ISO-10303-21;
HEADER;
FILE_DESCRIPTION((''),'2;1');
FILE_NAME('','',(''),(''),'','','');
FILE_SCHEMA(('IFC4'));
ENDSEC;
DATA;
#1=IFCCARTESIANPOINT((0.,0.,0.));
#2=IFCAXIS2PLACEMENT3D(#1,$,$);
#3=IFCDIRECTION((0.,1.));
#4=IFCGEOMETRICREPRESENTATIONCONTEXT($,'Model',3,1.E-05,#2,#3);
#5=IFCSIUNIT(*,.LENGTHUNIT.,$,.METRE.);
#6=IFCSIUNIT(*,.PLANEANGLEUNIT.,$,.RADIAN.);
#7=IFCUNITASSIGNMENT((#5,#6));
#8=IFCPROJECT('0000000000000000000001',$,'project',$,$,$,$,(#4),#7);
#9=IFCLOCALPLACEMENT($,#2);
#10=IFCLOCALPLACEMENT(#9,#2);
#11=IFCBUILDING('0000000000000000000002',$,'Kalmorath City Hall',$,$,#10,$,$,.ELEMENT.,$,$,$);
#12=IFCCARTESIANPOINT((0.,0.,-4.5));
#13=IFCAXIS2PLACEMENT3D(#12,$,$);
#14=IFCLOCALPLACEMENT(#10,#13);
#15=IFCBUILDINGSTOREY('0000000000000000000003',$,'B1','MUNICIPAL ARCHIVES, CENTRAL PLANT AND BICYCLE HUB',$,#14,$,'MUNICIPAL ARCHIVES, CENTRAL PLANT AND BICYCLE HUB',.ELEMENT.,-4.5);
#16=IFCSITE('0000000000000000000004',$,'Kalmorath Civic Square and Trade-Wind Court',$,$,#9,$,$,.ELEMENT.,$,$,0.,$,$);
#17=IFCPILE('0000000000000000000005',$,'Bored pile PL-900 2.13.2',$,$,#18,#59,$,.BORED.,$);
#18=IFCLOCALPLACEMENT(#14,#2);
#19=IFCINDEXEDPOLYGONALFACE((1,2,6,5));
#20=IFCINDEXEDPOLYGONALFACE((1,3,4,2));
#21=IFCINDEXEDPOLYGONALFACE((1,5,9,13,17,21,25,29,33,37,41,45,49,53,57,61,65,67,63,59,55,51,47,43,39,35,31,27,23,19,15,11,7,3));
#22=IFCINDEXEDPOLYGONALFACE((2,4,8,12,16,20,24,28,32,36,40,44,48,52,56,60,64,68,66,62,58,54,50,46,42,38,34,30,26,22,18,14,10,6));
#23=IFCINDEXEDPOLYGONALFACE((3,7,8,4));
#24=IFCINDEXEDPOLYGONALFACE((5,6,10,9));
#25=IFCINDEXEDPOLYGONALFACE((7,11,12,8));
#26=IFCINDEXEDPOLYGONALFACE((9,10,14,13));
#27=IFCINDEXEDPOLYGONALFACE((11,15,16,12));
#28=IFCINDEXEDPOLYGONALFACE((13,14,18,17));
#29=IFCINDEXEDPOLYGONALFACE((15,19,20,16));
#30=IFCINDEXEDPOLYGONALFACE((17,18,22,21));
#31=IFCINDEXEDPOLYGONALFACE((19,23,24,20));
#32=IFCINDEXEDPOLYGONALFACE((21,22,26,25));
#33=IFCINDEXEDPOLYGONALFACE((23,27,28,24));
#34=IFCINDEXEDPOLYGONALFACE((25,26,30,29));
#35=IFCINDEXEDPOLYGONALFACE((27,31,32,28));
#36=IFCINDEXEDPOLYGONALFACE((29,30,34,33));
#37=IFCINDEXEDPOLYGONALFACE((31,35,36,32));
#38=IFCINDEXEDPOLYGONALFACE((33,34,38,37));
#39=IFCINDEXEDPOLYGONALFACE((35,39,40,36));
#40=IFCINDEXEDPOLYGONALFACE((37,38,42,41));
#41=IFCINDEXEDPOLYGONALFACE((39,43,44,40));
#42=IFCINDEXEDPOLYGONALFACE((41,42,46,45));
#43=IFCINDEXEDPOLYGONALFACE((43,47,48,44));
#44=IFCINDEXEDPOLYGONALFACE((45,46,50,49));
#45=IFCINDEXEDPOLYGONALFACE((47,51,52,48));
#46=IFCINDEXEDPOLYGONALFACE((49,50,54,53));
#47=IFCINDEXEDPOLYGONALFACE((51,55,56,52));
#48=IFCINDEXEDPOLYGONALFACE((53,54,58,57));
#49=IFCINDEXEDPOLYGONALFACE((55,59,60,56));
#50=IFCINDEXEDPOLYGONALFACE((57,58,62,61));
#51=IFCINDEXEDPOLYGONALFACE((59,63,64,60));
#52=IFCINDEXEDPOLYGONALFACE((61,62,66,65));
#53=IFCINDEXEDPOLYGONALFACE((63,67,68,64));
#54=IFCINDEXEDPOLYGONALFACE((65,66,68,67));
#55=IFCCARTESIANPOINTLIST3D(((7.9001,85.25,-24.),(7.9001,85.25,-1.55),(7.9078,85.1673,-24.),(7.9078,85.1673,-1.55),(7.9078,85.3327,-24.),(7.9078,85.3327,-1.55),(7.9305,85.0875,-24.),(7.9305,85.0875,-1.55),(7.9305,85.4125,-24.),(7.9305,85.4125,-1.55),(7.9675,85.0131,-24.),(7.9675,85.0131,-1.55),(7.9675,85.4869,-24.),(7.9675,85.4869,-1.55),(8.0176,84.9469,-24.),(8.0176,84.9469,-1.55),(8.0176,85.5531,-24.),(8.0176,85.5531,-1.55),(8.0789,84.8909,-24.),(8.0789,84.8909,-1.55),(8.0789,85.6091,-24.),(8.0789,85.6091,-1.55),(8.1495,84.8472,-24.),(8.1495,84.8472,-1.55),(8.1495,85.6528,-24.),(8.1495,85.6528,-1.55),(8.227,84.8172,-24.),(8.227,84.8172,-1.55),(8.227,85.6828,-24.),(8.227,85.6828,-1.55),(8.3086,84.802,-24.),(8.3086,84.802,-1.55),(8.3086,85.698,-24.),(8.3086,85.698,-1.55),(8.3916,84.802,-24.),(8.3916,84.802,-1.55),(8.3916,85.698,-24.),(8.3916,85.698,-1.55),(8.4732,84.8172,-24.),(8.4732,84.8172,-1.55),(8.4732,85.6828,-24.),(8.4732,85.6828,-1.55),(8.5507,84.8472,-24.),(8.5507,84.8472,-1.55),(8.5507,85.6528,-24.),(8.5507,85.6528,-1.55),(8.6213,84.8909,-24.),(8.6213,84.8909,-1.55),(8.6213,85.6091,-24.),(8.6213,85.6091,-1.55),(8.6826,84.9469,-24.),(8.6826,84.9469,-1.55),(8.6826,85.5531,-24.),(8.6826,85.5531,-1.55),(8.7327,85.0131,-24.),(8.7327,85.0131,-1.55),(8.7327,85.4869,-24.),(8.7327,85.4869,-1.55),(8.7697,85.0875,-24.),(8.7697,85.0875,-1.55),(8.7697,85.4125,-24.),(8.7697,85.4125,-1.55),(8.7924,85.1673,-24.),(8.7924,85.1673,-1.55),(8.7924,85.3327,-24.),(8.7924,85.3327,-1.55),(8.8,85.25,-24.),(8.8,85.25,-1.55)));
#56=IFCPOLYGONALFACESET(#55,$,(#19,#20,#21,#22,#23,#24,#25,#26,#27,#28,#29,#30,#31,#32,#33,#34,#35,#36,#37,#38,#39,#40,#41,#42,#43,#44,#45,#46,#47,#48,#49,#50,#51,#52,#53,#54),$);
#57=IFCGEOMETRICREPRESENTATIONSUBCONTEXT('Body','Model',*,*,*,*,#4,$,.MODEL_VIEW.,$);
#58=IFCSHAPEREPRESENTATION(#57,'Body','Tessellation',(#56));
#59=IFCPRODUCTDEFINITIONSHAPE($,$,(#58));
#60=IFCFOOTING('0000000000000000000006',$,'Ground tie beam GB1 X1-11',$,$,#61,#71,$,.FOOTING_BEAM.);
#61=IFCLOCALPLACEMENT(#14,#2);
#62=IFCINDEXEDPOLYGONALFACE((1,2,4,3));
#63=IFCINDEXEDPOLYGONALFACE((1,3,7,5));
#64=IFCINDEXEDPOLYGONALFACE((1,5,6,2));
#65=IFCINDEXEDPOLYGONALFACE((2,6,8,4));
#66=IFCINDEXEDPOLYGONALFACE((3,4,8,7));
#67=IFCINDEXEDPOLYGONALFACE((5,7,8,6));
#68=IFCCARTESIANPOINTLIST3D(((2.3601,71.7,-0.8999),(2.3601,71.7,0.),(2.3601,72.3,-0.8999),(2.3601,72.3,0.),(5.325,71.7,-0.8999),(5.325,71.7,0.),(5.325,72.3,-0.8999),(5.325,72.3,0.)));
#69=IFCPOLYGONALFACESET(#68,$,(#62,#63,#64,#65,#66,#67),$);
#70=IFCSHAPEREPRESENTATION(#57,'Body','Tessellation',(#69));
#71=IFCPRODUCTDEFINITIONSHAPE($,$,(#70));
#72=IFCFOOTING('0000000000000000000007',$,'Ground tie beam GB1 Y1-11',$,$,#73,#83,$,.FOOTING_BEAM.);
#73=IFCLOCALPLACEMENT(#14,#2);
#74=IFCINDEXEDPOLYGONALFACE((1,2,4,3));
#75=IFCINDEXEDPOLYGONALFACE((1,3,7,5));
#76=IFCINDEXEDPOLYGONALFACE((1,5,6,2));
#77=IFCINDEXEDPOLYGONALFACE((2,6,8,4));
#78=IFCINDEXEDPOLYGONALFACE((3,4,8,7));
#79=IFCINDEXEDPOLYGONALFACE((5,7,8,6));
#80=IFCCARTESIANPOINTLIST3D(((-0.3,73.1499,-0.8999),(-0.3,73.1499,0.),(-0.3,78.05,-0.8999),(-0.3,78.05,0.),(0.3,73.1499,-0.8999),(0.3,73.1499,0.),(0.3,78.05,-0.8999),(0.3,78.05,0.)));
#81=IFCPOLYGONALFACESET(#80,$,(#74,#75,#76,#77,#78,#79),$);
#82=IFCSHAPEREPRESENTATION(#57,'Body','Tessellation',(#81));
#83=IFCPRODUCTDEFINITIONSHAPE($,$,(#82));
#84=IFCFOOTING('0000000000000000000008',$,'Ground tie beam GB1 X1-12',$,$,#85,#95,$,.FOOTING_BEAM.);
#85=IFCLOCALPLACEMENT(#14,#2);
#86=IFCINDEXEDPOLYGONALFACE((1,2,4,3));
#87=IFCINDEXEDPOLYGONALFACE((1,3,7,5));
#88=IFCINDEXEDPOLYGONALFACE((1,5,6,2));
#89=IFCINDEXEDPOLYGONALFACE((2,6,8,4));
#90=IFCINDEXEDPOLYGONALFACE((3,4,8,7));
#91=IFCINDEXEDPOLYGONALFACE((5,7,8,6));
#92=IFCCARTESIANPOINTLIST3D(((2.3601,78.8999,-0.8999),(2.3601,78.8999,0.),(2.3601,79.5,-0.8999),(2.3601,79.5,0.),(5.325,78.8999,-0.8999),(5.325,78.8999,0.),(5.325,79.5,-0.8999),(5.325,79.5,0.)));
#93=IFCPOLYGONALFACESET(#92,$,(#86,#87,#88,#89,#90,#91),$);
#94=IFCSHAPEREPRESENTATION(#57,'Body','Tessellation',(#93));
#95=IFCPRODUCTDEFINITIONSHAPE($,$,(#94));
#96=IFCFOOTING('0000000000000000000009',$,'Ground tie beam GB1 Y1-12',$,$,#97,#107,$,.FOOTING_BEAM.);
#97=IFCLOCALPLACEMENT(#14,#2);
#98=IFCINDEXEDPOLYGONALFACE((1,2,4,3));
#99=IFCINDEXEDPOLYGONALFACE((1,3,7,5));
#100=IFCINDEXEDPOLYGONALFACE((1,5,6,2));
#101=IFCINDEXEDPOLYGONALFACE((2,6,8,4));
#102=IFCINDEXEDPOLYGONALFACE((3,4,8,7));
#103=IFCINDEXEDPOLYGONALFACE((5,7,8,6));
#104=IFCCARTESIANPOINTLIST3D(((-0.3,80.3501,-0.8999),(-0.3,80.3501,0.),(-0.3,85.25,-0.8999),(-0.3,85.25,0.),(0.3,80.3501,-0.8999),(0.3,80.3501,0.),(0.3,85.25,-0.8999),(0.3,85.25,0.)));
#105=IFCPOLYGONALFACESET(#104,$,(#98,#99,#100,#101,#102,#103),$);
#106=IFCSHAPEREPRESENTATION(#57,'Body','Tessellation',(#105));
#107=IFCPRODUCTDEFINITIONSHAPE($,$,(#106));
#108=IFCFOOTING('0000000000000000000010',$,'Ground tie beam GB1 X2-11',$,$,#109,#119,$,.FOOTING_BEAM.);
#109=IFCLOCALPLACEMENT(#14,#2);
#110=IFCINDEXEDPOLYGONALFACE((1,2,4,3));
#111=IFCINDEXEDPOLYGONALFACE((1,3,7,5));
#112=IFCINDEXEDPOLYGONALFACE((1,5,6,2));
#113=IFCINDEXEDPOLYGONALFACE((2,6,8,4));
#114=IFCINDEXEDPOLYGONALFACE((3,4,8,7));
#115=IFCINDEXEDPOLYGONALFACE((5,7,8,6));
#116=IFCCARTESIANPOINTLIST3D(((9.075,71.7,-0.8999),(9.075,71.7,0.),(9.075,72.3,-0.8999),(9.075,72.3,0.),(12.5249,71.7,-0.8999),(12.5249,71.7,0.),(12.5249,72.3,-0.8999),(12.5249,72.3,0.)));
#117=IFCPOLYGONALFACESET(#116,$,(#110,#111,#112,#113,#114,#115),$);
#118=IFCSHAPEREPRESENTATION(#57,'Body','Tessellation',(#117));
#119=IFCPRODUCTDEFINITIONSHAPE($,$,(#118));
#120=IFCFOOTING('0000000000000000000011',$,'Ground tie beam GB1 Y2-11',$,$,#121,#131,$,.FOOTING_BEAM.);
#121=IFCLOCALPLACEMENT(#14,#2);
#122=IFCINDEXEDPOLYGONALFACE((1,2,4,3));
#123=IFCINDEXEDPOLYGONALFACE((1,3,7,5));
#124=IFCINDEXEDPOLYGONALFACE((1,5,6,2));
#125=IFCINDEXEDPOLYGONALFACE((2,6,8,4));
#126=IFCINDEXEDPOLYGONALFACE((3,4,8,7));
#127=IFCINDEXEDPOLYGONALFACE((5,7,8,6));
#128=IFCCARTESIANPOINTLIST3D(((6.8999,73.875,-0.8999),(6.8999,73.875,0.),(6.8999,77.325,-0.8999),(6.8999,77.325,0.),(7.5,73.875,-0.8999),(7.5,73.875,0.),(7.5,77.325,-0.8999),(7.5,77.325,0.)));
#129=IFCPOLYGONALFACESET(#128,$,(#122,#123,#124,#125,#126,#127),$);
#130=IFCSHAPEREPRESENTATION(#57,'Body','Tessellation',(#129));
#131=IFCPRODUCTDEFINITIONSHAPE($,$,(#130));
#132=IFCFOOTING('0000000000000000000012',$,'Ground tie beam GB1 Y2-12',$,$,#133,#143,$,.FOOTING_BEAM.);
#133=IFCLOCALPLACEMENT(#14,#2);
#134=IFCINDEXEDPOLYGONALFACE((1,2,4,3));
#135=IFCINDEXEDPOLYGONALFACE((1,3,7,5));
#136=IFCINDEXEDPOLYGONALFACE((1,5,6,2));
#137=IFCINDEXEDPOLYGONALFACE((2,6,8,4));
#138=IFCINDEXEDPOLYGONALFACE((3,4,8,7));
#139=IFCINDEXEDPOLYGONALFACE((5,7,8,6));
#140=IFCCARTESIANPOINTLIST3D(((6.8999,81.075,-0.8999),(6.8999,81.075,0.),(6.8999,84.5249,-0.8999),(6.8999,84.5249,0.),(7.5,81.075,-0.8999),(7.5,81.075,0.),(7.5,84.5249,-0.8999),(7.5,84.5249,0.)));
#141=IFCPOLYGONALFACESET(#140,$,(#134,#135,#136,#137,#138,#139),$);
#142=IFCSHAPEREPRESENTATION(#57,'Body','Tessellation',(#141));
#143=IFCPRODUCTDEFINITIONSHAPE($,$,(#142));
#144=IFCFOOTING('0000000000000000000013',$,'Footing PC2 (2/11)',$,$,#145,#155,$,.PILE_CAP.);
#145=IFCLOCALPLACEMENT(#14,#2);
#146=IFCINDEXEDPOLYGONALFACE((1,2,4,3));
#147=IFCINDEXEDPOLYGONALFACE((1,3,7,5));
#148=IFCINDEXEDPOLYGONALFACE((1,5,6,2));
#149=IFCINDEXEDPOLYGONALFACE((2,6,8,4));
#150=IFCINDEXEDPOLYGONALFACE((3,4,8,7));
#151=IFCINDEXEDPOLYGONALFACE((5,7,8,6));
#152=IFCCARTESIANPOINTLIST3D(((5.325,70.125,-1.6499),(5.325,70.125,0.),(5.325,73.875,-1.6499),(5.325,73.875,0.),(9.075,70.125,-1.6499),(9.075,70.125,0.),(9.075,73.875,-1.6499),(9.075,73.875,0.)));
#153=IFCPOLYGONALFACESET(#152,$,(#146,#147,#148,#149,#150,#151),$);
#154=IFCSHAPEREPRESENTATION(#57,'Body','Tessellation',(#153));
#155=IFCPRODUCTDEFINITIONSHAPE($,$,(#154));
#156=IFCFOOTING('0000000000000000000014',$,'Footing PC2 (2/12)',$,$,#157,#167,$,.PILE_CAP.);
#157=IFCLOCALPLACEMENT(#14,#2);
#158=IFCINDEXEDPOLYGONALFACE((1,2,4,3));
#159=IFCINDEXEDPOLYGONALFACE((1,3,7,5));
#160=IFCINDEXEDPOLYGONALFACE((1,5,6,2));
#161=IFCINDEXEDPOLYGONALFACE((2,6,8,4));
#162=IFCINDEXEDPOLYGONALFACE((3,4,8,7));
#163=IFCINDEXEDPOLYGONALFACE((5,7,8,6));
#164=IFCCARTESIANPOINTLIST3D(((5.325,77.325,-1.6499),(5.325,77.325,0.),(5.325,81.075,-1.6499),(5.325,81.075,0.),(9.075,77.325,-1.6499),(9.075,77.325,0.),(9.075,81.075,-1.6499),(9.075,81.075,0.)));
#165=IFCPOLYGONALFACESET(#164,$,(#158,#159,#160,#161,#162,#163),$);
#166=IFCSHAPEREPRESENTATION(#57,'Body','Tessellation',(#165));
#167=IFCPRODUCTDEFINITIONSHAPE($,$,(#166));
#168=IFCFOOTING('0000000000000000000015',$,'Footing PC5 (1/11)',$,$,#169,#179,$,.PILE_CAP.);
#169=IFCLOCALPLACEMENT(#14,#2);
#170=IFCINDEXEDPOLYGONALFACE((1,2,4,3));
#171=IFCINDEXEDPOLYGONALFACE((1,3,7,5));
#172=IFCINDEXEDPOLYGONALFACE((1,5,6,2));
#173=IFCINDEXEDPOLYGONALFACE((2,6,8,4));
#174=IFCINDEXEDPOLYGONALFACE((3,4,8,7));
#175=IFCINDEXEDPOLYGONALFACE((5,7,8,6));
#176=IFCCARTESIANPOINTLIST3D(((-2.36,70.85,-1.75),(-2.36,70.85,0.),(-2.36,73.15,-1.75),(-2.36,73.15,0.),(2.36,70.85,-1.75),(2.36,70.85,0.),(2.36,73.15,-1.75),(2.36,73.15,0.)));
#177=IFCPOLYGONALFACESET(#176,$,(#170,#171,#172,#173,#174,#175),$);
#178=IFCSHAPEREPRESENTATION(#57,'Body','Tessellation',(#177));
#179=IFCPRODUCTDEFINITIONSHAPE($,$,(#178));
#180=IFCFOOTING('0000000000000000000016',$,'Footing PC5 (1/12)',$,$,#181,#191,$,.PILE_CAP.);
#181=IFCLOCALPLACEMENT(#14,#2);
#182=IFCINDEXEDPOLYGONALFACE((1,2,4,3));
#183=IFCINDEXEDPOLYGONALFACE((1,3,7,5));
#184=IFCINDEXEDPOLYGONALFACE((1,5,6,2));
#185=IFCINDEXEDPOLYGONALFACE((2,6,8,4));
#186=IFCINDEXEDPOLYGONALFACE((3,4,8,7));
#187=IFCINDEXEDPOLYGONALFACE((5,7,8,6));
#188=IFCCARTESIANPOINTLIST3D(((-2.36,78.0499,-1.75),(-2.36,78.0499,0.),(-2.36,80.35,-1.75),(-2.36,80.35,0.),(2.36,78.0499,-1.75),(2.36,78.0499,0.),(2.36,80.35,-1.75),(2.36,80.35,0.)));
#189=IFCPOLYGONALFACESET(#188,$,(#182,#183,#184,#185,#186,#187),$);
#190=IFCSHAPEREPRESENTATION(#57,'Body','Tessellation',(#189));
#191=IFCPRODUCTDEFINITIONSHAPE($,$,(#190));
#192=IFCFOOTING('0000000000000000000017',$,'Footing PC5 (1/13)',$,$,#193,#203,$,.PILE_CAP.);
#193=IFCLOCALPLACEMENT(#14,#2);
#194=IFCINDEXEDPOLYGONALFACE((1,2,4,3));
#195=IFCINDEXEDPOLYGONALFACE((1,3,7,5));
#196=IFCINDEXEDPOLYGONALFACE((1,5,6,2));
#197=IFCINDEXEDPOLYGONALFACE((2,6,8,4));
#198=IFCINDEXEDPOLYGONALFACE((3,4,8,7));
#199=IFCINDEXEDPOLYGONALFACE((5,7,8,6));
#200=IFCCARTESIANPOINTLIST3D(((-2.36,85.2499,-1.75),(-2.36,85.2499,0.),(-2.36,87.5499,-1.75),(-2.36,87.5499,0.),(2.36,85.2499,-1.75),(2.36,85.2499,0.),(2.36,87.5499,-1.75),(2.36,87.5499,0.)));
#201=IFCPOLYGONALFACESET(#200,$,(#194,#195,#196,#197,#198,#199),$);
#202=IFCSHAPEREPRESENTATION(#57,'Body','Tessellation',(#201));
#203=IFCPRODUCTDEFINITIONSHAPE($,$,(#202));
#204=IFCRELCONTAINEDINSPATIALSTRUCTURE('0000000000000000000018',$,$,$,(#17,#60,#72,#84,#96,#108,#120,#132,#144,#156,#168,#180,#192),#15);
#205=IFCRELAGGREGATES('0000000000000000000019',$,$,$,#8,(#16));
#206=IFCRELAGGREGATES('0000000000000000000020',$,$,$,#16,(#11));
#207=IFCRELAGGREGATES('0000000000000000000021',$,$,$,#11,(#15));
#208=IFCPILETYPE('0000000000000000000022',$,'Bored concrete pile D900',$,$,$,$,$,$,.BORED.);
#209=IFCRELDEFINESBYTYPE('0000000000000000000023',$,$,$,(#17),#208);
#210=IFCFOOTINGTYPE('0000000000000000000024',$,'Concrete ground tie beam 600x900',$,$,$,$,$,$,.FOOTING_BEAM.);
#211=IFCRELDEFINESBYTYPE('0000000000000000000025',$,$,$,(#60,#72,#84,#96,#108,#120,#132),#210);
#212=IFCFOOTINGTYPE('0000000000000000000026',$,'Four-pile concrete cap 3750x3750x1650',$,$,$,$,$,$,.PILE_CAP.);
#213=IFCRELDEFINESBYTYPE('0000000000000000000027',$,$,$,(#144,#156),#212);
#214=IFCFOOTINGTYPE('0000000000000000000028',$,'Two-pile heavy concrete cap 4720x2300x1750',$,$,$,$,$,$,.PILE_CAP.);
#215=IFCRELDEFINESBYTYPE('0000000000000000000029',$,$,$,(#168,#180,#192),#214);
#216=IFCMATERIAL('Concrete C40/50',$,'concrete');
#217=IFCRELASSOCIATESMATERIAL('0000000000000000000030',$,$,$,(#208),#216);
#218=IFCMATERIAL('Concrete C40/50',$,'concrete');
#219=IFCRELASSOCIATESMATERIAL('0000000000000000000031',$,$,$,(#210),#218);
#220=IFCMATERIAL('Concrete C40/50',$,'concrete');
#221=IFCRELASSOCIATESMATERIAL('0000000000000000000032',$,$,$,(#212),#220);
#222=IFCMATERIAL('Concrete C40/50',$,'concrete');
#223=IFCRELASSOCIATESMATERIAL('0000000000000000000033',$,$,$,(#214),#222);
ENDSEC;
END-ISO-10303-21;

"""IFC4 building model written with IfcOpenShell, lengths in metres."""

from ifc_helpers import new_model, si_unit, direction, frame, origin, origin_2d, place, context, subcontext, project, spatial, rectangle, circle, extrude, material, material_profile, profile_set, type_object, element, save


model = new_model("IFC4")

# Units and contexts
model_context = context("Model", 3, precision=1e-05, world=origin(), true_north=direction((0.0, 1.0)))
body_context = subcontext(model_context, "Body", "Model", "MODEL_VIEW")
ifc_project = project(units=[si_unit("LENGTHUNIT", "METRE"), si_unit("PLANEANGLEUNIT", "RADIAN")], contexts=[model_context])

# Site, building, storey
site_placement = place(None, origin())
site = spatial("IfcSite", under=ifc_project, at=site_placement, Name="Kalmorath Civic Square and Trade-Wind Court", CompositionType="ELEMENT", RefElevation=0.0)
building_placement = place(site_placement, origin())
building = spatial("IfcBuilding", under=site, at=building_placement, Name="Kalmorath City Hall", CompositionType="ELEMENT")
storey_placement = place(building_placement, frame((0.0, 0.0, -4.5)))
storey = spatial("IfcBuildingStorey", under=building, at=storey_placement, Name="B1", Description="MUNICIPAL ARCHIVES, CENTRAL PLANT AND BICYCLE HUB", LongName="MUNICIPAL ARCHIVES, CENTRAL PLANT AND BICYCLE HUB", CompositionType="ELEMENT", Elevation=-4.5)

# Pile
ifc_material_1 = material(Name="Concrete C40/50", Category="concrete")
ifc_material_profile_1 = material_profile(ifc_material_1, circle(Radius=0.45, at=origin_2d()), Name="PILE-D900")
ifc_profile_set_1 = profile_set([ifc_material_profile_1], Name="Concrete C40/50")
pile_type_1 = type_object("IfcPileType", Name="Bored concrete pile D900", PredefinedType="BORED", material=ifc_profile_set_1)
for number, where, z_axis, x_axis, name in (
    (1, (8.3501, 85.25, -1.55), (0.0, 0.0, -1.0), (1.0, 0.0, 0.0), "Bored pile PL-900 2.13.2"),
):
    element("IfcPile", number, at=place(storey_placement, frame(where, z_axis=z_axis, x_axis=x_axis)), inside=storey, type_object=pile_type_1, Name=name, PredefinedType="BORED", context=body_context, shape_type="SweptSolid", body=[
        extrude(circle(Radius=0.45, at=origin_2d()), origin(), (0.0, 0.0, 1.0), 22.45),
    ])

# Footings
ifc_material_2 = material(Name="Concrete C40/50", Category="concrete")
ifc_material_profile_2 = material_profile(ifc_material_2, rectangle(XDim=0.6001, YDim=0.8999, at=origin_2d()), Name="RC-BM-600X900")
ifc_profile_set_2 = profile_set([ifc_material_profile_2], Name="Concrete C40/50")
footing_type_1 = type_object("IfcFootingType", Name="Concrete ground tie beam 600x900", PredefinedType="FOOTING_BEAM", material=ifc_profile_set_2)
footing_1_placement = place(storey_placement, frame((2.3601, 72.0, -0.45), z_axis=(1.0, 0.0, 0.0), x_axis=(0.0, 1.0, 0.0)))
element("IfcFooting", 2, at=footing_1_placement, inside=storey, type_object=footing_type_1, Name="Ground tie beam GB1 X1-11", PredefinedType="FOOTING_BEAM", context=body_context, shape_type="SweptSolid", body=[
    extrude(rectangle(XDim=0.6001, YDim=0.8999, at=origin_2d()), origin(), (0.0, 0.0, 1.0), 2.9648),
])
footing_2_placement = place(storey_placement, frame((0.0, 73.1499, -0.45), z_axis=(0.0, 1.0, 0.0), x_axis=(-1.0, 0.0, 0.0)))
element("IfcFooting", 3, at=footing_2_placement, inside=storey, type_object=footing_type_1, Name="Ground tie beam GB1 Y1-11", PredefinedType="FOOTING_BEAM", context=body_context, shape_type="SweptSolid", body=[
    extrude(rectangle(XDim=0.6001, YDim=0.8999, at=origin_2d()), origin(), (0.0, 0.0, 1.0), 4.9001),
])
footing_3_placement = place(storey_placement, frame((2.3601, 79.2, -0.45), z_axis=(1.0, 0.0, 0.0), x_axis=(0.0, 1.0, 0.0)))
element("IfcFooting", 4, at=footing_3_placement, inside=storey, type_object=footing_type_1, Name="Ground tie beam GB1 X1-12", PredefinedType="FOOTING_BEAM", context=body_context, shape_type="SweptSolid", body=[
    extrude(rectangle(XDim=0.6001, YDim=0.8999, at=origin_2d()), origin(), (0.0, 0.0, 1.0), 2.9648),
])
footing_4_placement = place(storey_placement, frame((0.0, 80.3501, -0.45), z_axis=(0.0, 1.0, 0.0), x_axis=(-1.0, 0.0, 0.0)))
element("IfcFooting", 5, at=footing_4_placement, inside=storey, type_object=footing_type_1, Name="Ground tie beam GB1 Y1-12", PredefinedType="FOOTING_BEAM", context=body_context, shape_type="SweptSolid", body=[
    extrude(rectangle(XDim=0.6001, YDim=0.8999, at=origin_2d()), origin(), (0.0, 0.0, 1.0), 4.8999),
])
for number, where, z_axis, x_axis, name in (
    (6, (9.075, 72.0, -0.45), (1.0, 0.0, 0.0), (0.0, 1.0, 0.0), "Ground tie beam GB1 X2-11"),
    (7, (7.2, 73.875, -0.45), (0.0, 1.0, 0.0), (-1.0, 0.0, 0.0), "Ground tie beam GB1 Y2-11"),
    (8, (7.2, 81.075, -0.45), (0.0, 1.0, 0.0), (-1.0, 0.0, 0.0), "Ground tie beam GB1 Y2-12"),
):
    element("IfcFooting", number, at=place(storey_placement, frame(where, z_axis=z_axis, x_axis=x_axis)), inside=storey, type_object=footing_type_1, Name=name, PredefinedType="FOOTING_BEAM", context=body_context, shape_type="SweptSolid", body=[
        extrude(rectangle(XDim=0.6001, YDim=0.8999, at=origin_2d()), origin(), (0.0, 0.0, 1.0), 3.45),
    ])
ifc_material_3 = material(Name="Concrete C40/50", Category="concrete")
footing_type_2 = type_object("IfcFootingType", Name="Four-pile concrete cap 3750x3750x1650", PredefinedType="PILE_CAP", material=ifc_material_3)
for number, where, z_axis, x_axis, name in (
    (9, (7.2, 72.0, -1.6499), (0.0, 0.0, 1.0), (1.0, 0.0, 0.0), "Footing PC2 (2/11)"),
    (10, (7.2, 79.2, -1.6499), (0.0, 0.0, 1.0), (1.0, 0.0, 0.0), "Footing PC2 (2/12)"),
):
    element("IfcFooting", number, at=place(storey_placement, frame(where, z_axis=z_axis, x_axis=x_axis)), inside=storey, type_object=footing_type_2, Name=name, PredefinedType="PILE_CAP", context=body_context, shape_type="SweptSolid", body=[
        extrude(rectangle(XDim=3.75, YDim=3.75, at=origin_2d()), origin(), (0.0, 0.0, 1.0), 1.6499),
    ])
ifc_material_4 = material(Name="Concrete C40/50", Category="concrete")
footing_type_3 = type_object("IfcFootingType", Name="Two-pile heavy concrete cap 4720x2300x1750", PredefinedType="PILE_CAP", material=ifc_material_4)
for number, where, z_axis, x_axis, name in (
    (11, (0.0, 72.0, -1.75), (0.0, 0.0, 1.0), (1.0, 0.0, 0.0), "Footing PC5 (1/11)"),
    (12, (0.0, 79.2, -1.75), (0.0, 0.0, 1.0), (1.0, 0.0, 0.0), "Footing PC5 (1/12)"),
    (13, (0.0, 86.3999, -1.75), (0.0, 0.0, 1.0), (1.0, 0.0, 0.0), "Footing PC5 (1/13)"),
):
    element("IfcFooting", number, at=place(storey_placement, frame(where, z_axis=z_axis, x_axis=x_axis)), inside=storey, type_object=footing_type_3, Name=name, PredefinedType="PILE_CAP", context=body_context, shape_type="SweptSolid", body=[
        extrude(rectangle(XDim=4.72, YDim=2.3, at=origin_2d()), origin(), (0.0, 0.0, 1.0), 1.75),
    ])

save(model, "model.ifc")
